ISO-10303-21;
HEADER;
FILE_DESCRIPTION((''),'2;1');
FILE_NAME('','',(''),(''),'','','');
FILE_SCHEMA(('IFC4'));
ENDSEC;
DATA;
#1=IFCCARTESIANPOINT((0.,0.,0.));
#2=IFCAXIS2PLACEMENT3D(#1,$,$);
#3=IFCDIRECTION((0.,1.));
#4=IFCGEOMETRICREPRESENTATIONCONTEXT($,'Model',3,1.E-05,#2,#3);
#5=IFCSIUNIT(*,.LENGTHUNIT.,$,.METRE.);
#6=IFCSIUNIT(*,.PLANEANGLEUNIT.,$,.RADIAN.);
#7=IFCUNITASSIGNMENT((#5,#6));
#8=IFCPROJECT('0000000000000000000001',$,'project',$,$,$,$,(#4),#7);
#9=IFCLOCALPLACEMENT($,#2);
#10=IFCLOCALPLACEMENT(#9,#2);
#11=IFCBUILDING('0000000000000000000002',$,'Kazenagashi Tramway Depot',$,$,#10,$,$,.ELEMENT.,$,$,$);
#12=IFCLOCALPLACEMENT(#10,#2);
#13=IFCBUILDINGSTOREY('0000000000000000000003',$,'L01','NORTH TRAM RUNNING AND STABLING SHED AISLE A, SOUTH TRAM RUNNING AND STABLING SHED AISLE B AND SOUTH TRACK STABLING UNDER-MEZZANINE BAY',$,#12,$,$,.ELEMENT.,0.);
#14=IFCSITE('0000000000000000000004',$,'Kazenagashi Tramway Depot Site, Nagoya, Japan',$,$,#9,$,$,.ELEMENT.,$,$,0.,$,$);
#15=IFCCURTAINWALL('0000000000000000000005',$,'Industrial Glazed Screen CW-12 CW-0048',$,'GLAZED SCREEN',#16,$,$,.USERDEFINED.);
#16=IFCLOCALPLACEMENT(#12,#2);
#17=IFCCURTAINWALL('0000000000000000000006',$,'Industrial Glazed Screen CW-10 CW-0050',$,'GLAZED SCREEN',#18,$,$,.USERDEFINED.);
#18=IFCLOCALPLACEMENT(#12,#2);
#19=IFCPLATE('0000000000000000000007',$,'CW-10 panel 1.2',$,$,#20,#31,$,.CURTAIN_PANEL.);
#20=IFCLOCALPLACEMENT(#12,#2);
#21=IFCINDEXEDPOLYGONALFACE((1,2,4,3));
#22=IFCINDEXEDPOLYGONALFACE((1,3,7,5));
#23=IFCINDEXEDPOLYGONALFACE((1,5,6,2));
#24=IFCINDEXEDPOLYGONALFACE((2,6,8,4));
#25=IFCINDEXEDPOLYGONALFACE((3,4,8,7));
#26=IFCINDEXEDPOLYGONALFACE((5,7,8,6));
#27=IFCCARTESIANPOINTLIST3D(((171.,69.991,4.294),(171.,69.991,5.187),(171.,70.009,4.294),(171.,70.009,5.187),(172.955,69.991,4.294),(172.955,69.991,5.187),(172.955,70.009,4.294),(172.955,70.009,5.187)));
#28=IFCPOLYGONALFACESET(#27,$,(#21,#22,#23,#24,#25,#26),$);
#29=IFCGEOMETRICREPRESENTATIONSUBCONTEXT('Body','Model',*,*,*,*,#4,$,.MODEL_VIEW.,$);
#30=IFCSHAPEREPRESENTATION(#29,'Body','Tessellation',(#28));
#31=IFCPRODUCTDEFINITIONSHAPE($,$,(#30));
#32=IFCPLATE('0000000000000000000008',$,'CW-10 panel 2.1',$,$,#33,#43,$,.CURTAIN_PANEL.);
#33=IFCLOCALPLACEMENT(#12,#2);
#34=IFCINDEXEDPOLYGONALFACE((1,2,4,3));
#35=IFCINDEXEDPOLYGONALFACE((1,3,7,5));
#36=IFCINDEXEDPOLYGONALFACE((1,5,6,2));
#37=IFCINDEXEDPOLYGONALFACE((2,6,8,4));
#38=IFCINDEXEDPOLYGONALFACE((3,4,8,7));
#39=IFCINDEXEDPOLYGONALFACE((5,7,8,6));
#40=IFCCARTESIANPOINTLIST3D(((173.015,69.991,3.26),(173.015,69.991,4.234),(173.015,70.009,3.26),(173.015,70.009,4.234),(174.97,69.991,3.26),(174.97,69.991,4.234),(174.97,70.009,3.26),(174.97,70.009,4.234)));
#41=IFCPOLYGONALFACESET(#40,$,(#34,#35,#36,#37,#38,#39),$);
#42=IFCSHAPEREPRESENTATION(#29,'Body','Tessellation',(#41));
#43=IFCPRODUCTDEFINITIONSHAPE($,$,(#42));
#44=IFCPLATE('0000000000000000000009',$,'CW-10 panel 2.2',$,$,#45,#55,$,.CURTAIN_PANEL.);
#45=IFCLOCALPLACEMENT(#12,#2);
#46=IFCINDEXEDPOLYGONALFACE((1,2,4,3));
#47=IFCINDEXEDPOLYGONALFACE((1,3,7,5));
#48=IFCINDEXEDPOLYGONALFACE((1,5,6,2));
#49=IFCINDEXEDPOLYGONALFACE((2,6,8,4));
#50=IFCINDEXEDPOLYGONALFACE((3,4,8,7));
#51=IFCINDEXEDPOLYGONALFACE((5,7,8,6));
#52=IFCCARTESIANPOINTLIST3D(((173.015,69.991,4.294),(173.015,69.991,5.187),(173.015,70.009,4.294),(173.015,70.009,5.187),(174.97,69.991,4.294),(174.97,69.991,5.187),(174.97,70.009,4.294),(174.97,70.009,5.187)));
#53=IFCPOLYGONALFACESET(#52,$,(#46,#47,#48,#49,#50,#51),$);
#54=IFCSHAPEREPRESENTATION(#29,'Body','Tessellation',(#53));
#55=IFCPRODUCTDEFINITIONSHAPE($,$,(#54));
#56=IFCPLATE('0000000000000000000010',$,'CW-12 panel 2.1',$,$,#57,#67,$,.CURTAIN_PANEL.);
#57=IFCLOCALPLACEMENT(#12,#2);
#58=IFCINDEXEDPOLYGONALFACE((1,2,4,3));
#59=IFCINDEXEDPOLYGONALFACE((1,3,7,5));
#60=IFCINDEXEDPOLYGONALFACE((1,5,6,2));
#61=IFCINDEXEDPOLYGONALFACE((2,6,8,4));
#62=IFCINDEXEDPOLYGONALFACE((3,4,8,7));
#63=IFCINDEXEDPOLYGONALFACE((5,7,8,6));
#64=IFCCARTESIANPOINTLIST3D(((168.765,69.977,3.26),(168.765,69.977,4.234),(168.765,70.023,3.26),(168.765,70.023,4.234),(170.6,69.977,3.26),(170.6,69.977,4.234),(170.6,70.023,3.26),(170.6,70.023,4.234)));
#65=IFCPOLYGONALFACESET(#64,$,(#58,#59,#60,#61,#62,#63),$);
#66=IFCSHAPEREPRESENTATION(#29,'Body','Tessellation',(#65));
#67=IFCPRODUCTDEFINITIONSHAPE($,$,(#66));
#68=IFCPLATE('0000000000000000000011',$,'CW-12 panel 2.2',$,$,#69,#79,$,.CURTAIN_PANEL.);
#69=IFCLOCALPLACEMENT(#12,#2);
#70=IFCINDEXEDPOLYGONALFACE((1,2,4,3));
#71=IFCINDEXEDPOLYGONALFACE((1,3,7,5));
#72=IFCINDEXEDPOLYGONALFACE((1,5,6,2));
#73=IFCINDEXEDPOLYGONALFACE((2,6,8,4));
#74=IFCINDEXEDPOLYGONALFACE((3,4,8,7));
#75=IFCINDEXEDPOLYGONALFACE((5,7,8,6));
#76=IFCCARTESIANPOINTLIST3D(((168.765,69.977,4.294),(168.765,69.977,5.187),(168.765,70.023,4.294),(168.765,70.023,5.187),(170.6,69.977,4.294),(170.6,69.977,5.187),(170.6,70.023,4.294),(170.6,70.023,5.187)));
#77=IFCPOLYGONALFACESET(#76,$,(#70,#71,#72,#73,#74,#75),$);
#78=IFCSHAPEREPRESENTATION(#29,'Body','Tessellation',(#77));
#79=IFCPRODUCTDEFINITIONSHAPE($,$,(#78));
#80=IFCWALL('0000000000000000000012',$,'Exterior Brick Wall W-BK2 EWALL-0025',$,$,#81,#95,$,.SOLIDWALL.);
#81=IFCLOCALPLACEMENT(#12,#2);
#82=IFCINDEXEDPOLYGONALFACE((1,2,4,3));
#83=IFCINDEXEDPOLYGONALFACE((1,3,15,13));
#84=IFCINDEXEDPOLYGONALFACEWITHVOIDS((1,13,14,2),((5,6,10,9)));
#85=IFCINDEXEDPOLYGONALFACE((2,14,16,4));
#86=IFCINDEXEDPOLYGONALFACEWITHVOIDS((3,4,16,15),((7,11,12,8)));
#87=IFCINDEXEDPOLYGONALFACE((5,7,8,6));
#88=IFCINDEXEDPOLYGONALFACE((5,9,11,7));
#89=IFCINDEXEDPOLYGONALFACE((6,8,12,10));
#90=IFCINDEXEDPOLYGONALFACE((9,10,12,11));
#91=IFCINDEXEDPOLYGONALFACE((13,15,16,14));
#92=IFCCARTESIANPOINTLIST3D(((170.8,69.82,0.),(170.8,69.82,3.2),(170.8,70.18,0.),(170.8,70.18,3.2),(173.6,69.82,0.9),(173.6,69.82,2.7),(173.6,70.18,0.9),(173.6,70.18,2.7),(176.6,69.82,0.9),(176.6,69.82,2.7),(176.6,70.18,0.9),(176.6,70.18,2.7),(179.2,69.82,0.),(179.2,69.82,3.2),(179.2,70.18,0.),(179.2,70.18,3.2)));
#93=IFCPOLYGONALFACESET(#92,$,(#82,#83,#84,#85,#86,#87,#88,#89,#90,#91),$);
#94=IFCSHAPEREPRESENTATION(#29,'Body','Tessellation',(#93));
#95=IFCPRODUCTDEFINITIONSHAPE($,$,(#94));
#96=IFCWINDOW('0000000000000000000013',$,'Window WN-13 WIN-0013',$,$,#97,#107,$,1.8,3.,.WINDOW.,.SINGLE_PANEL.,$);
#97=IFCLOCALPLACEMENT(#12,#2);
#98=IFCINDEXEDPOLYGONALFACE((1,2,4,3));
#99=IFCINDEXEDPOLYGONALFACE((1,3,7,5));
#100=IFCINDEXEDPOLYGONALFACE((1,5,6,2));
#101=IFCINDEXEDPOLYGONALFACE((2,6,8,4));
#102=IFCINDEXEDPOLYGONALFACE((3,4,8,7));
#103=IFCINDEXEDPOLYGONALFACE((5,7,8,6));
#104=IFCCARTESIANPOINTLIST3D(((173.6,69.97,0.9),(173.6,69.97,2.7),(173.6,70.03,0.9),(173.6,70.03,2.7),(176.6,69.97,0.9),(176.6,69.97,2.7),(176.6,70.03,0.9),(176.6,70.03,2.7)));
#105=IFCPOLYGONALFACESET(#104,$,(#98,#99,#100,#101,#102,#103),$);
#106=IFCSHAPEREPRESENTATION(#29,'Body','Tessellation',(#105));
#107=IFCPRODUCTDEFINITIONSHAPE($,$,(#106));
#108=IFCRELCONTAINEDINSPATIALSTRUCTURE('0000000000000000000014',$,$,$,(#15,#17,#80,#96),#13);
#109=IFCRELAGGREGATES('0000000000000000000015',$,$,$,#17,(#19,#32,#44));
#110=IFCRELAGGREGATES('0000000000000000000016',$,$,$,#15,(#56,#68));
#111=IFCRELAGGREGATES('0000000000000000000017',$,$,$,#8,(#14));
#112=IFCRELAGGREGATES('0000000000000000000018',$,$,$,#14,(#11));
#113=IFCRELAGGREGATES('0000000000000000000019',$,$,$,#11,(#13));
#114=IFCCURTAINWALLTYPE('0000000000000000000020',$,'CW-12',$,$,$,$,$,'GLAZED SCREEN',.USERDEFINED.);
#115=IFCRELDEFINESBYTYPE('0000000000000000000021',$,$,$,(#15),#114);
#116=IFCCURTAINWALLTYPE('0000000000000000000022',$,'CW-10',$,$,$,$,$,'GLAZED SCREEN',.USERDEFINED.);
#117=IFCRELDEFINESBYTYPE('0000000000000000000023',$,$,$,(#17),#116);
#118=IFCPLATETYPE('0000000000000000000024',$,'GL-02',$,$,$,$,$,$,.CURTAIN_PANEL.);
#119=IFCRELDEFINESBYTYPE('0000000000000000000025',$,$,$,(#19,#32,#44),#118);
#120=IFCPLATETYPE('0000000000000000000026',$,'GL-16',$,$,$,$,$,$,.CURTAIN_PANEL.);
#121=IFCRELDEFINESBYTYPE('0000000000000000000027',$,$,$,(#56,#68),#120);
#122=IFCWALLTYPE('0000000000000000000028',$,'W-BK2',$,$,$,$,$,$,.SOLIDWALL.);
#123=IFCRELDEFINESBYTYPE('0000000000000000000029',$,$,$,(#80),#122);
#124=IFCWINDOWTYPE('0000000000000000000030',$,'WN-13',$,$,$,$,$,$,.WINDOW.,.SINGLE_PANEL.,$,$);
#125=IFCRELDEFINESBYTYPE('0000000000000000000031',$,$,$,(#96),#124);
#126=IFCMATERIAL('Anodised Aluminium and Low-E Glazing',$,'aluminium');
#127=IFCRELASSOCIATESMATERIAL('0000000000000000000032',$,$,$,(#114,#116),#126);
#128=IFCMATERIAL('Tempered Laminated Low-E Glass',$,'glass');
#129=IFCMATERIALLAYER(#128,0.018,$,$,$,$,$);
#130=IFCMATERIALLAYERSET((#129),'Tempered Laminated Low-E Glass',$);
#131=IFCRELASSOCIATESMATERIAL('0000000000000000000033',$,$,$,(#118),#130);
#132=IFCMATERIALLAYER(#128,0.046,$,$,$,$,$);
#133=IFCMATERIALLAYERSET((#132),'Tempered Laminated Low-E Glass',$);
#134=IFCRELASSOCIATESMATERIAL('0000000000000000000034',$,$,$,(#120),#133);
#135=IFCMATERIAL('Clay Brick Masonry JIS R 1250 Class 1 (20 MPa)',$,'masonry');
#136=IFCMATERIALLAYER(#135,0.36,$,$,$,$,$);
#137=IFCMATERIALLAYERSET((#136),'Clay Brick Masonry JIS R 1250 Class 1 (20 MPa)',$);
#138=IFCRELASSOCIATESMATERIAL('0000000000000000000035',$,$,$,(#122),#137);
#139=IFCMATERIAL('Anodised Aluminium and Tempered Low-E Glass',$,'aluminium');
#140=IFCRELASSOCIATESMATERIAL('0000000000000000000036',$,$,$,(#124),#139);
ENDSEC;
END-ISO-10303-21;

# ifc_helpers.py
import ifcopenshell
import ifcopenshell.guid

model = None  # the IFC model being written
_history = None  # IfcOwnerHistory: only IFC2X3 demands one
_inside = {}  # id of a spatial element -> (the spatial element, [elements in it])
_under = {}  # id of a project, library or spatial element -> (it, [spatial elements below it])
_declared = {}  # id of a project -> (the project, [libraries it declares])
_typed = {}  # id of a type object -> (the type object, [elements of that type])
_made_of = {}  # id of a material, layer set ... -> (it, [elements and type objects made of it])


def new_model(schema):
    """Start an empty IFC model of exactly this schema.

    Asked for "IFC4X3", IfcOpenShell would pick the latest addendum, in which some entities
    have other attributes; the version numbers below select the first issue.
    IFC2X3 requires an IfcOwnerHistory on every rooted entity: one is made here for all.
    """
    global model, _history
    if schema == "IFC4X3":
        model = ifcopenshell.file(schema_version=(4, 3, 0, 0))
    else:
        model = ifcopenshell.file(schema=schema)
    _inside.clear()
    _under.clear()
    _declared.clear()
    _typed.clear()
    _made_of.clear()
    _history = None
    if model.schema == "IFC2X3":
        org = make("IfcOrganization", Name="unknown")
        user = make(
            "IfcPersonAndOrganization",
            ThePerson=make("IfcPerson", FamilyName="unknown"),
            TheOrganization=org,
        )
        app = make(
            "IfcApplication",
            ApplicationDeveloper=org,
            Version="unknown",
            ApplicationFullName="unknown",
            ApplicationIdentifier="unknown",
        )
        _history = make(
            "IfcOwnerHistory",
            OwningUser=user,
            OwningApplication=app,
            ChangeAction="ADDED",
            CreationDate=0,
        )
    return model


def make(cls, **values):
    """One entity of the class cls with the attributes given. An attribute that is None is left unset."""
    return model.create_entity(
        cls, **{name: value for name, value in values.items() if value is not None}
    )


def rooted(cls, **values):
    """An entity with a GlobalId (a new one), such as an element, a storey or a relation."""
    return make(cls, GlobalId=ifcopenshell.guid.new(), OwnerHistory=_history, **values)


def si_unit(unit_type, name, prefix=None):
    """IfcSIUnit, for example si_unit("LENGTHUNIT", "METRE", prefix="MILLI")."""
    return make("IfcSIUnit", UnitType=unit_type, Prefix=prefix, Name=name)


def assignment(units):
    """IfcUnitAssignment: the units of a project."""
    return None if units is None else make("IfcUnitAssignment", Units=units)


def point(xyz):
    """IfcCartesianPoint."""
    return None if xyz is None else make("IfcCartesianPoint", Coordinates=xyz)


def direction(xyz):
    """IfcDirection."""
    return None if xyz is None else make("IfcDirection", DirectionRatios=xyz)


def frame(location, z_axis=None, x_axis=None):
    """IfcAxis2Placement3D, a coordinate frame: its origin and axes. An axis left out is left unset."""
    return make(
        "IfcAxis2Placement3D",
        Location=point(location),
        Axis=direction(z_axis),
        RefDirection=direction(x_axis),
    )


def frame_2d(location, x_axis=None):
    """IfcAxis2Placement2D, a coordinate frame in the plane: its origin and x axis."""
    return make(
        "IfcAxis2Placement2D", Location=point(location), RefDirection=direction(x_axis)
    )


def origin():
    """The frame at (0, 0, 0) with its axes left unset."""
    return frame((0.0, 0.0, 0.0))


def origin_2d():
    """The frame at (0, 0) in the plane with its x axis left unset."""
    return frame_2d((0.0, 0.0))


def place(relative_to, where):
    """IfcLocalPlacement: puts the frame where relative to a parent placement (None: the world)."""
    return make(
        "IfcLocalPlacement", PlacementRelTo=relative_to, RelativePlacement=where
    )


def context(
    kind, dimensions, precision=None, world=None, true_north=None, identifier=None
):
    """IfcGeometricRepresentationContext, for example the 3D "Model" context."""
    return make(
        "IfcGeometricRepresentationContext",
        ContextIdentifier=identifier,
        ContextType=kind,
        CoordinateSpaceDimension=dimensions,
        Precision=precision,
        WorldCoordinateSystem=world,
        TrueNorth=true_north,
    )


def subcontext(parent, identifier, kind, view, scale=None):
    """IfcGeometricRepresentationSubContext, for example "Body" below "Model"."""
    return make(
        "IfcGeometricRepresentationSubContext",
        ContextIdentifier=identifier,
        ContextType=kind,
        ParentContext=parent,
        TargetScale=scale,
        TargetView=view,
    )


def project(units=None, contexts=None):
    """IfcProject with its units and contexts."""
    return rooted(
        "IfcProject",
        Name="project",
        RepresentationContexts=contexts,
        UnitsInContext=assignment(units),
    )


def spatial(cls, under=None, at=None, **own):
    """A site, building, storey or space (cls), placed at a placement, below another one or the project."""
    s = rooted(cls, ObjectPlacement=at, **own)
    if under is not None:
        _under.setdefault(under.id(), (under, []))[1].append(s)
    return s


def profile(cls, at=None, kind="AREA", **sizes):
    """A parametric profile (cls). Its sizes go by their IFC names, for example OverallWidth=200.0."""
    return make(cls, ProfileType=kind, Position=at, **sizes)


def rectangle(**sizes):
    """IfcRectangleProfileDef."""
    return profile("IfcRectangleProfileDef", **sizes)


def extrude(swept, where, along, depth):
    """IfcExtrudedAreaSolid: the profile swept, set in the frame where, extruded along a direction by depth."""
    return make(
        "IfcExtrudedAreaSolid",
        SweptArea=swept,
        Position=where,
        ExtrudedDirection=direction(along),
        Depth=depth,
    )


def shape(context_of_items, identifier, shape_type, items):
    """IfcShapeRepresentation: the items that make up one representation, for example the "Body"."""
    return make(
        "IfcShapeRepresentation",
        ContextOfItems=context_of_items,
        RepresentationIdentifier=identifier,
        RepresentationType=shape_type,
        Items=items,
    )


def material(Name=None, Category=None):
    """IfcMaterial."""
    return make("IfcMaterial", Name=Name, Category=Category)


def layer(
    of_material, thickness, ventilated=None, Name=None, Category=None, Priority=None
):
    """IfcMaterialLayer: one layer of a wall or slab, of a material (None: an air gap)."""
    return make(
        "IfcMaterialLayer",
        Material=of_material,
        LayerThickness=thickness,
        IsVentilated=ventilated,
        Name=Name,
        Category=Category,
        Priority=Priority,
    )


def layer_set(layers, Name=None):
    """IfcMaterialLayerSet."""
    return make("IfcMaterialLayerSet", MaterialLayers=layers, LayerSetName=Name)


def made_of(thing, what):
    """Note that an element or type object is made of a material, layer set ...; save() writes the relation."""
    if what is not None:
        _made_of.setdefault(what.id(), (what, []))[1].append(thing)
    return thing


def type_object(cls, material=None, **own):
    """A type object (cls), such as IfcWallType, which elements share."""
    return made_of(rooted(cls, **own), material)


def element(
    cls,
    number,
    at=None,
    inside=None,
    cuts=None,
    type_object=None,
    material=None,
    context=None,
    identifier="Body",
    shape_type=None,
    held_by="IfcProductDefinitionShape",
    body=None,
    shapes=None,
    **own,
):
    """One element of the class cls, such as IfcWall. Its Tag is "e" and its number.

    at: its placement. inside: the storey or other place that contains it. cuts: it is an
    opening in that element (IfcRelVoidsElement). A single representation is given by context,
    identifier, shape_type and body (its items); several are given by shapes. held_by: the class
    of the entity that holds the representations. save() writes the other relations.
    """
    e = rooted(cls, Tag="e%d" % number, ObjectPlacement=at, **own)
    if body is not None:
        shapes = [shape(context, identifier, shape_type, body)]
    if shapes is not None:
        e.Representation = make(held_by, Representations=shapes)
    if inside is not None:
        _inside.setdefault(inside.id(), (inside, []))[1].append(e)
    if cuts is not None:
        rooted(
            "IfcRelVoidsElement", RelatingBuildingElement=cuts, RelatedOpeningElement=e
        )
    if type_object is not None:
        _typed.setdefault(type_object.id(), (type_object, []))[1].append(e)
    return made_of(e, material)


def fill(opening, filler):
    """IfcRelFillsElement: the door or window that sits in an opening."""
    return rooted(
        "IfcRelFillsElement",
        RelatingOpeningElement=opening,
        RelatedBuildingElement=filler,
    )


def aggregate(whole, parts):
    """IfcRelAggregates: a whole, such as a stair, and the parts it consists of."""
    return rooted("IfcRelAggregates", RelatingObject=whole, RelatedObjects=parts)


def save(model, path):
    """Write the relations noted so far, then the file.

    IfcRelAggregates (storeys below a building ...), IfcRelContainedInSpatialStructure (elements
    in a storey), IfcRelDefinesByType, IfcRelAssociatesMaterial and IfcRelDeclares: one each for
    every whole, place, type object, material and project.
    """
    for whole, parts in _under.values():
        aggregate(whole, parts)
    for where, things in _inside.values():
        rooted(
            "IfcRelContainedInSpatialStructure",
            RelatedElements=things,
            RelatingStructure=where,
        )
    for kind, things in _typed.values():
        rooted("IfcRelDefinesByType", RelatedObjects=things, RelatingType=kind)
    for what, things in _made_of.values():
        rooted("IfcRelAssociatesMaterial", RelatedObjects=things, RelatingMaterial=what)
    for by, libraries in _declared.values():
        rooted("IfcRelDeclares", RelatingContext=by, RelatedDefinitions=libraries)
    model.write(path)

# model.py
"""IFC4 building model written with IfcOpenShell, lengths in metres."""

from ifc_helpers import new_model, si_unit, direction, frame, frame_2d, origin, origin_2d, place, context, subcontext, project, spatial, rectangle, extrude, material, layer, layer_set, type_object, element, fill, aggregate, save


model = new_model("IFC4")

# Units and contexts
model_context = context("Model", 3, precision=1e-05, world=origin(), true_north=direction((0.0, 1.0)))
body_context = subcontext(model_context, "Body", "Model", "MODEL_VIEW")
ifc_project = project(units=[si_unit("LENGTHUNIT", "METRE"), si_unit("PLANEANGLEUNIT", "RADIAN")], contexts=[model_context])

# Site, building, storey
site_placement = place(None, origin())
site = spatial("IfcSite", under=ifc_project, at=site_placement, Name="Kazenagashi Tramway Depot Site, Nagoya, Japan", CompositionType="ELEMENT", RefElevation=0.0)
building_placement = place(site_placement, origin())
building = spatial("IfcBuilding", under=site, at=building_placement, Name="Kazenagashi Tramway Depot", CompositionType="ELEMENT")
storey_placement = place(building_placement, origin())
storey = spatial("IfcBuildingStorey", under=building, at=storey_placement, Name="L01", Description="NORTH TRAM RUNNING AND STABLING SHED AISLE A, SOUTH TRAM RUNNING AND STABLING SHED AISLE B AND SOUTH TRACK STABLING UNDER-MEZZANINE BAY", CompositionType="ELEMENT", Elevation=0.0)

# Curtain wall
ifc_material_1 = material(Name="Anodised Aluminium and Low-E Glazing", Category="aluminium")
curtain_wall_type_1 = type_object("IfcCurtainWallType", Name="CW-12", ElementType="GLAZED SCREEN", PredefinedType="USERDEFINED", material=ifc_material_1)
curtain_wall_1_placement = place(storey_placement, origin())
curtain_wall_1 = element("IfcCurtainWall", 1, at=curtain_wall_1_placement, inside=storey, type_object=curtain_wall_type_1, Name="Industrial Glazed Screen CW-12 CW-0048", ObjectType="GLAZED SCREEN", PredefinedType="USERDEFINED")

# Curtain wall
curtain_wall_type_2 = type_object("IfcCurtainWallType", Name="CW-10", ElementType="GLAZED SCREEN", PredefinedType="USERDEFINED", material=ifc_material_1)
curtain_wall_2_placement = place(storey_placement, origin())
curtain_wall_2 = element("IfcCurtainWall", 2, at=curtain_wall_2_placement, inside=storey, type_object=curtain_wall_type_2, Name="Industrial Glazed Screen CW-10 CW-0050", ObjectType="GLAZED SCREEN", PredefinedType="USERDEFINED")

# Plates
ifc_material_2 = material(Name="Tempered Laminated Low-E Glass", Category="glass")
ifc_layer_1 = layer(ifc_material_2, 0.018)
ifc_layer_set_1 = layer_set([ifc_layer_1], Name="Tempered Laminated Low-E Glass")
plate_type_1 = type_object("IfcPlateType", Name="GL-02", PredefinedType="CURTAIN_PANEL", material=ifc_layer_set_1)
plate_1_placement = place(storey_placement, frame((171.9775, 70.0, 4.294), z_axis=(0.0, 0.0, 1.0), x_axis=(1.0, 0.0, 0.0)))
plate_1 = element("IfcPlate", 3, at=plate_1_placement, type_object=plate_type_1, Name="CW-10 panel 1.2", PredefinedType="CURTAIN_PANEL", context=body_context, shape_type="SweptSolid", body=[
    extrude(rectangle(XDim=1.955, YDim=0.018, at=origin_2d()), origin(), (0.0, 0.0, 1.0), 0.893),
])
plate_2_placement = place(storey_placement, frame((173.9925, 70.0, 3.26), z_axis=(0.0, 0.0, 1.0), x_axis=(1.0, 0.0, 0.0)))
plate_2 = element("IfcPlate", 4, at=plate_2_placement, type_object=plate_type_1, Name="CW-10 panel 2.1", PredefinedType="CURTAIN_PANEL", context=body_context, shape_type="SweptSolid", body=[
    extrude(rectangle(XDim=1.955, YDim=0.018, at=origin_2d()), origin(), (0.0, 0.0, 1.0), 0.974),
])
plate_3_placement = place(storey_placement, frame((173.9925, 70.0, 4.294), z_axis=(0.0, 0.0, 1.0), x_axis=(1.0, 0.0, 0.0)))
plate_3 = element("IfcPlate", 5, at=plate_3_placement, type_object=plate_type_1, Name="CW-10 panel 2.2", PredefinedType="CURTAIN_PANEL", context=body_context, shape_type="SweptSolid", body=[
    extrude(rectangle(XDim=1.955, YDim=0.018, at=origin_2d()), origin(), (0.0, 0.0, 1.0), 0.893),
])
aggregate(curtain_wall_2, [plate_1, plate_2, plate_3])
ifc_layer_2 = layer(ifc_material_2, 0.046)
ifc_layer_set_2 = layer_set([ifc_layer_2], Name="Tempered Laminated Low-E Glass")
plate_type_2 = type_object("IfcPlateType", Name="GL-16", PredefinedType="CURTAIN_PANEL", material=ifc_layer_set_2)
plate_4_placement = place(storey_placement, frame((169.6825, 70.0, 3.26), z_axis=(0.0, 0.0, 1.0), x_axis=(1.0, 0.0, 0.0)))
plate_4 = element("IfcPlate", 6, at=plate_4_placement, type_object=plate_type_2, Name="CW-12 panel 2.1", PredefinedType="CURTAIN_PANEL", context=body_context, shape_type="SweptSolid", body=[
    extrude(rectangle(XDim=1.835, YDim=0.046, at=origin_2d()), origin(), (0.0, 0.0, 1.0), 0.974),
])
plate_5_placement = place(storey_placement, frame((169.6825, 70.0, 4.294), z_axis=(0.0, 0.0, 1.0), x_axis=(1.0, 0.0, 0.0)))
plate_5 = element("IfcPlate", 7, at=plate_5_placement, type_object=plate_type_2, Name="CW-12 panel 2.2", PredefinedType="CURTAIN_PANEL", context=body_context, shape_type="SweptSolid", body=[
    extrude(rectangle(XDim=1.835, YDim=0.046, at=origin_2d()), origin(), (0.0, 0.0, 1.0), 0.893),
])
aggregate(curtain_wall_1, [plate_4, plate_5])

# Wall, opening, window
ifc_material_3 = material(Name="Clay Brick Masonry JIS R 1250 Class 1 (20 MPa)", Category="masonry")
ifc_layer_3 = layer(ifc_material_3, 0.36)
ifc_layer_set_3 = layer_set([ifc_layer_3], Name="Clay Brick Masonry JIS R 1250 Class 1 (20 MPa)")
wall_type = type_object("IfcWallType", Name="W-BK2", PredefinedType="SOLIDWALL", material=ifc_layer_set_3)
wall_placement = place(storey_placement, frame((170.8, 70.0, 0.0), z_axis=(0.0, 0.0, 1.0), x_axis=(1.0, 0.0, 0.0)))
wall = element("IfcWall", 8, at=wall_placement, inside=storey, type_object=wall_type, Name="Exterior Brick Wall W-BK2 EWALL-0025", PredefinedType="SOLIDWALL", context=body_context, shape_type="SweptSolid", body=[
    extrude(rectangle(XDim=8.4, YDim=0.36, at=frame_2d((4.2, 0.0))), origin(), (0.0, 0.0, 1.0), 3.2),
])
opening_placement = place(wall_placement, frame((2.8, 0.0, 0.9)))
opening = element("IfcOpeningElement", 9, at=opening_placement, cuts=wall, PredefinedType="OPENING", context=body_context, shape_type="SweptSolid", body=[
    extrude(rectangle(XDim=3.0, YDim=1.8, at=frame_2d((1.5, 0.9))), frame((0.0, 0.19, 0.0), z_axis=(0.0, -1.0, 0.0), x_axis=(1.0, 0.0, 0.0)), (0.0, 0.0, 1.0), 0.38),
])
ifc_material_4 = material(Name="Anodised Aluminium and Tempered Low-E Glass", Category="aluminium")
window_type = type_object("IfcWindowType", Name="WN-13", PartitioningType="SINGLE_PANEL", PredefinedType="WINDOW", material=ifc_material_4)
window_placement = place(opening_placement, origin())
window = element("IfcWindow", 10, at=window_placement, inside=storey, type_object=window_type, Name="Window WN-13 WIN-0013", OverallHeight=1.8, OverallWidth=3.0, PartitioningType="SINGLE_PANEL", PredefinedType="WINDOW", context=body_context, shape_type="SweptSolid", body=[
    extrude(rectangle(XDim=3.0, YDim=1.8, at=frame_2d((1.5, 0.9))), frame((0.0, 0.03, 0.0), z_axis=(0.0, -1.0, 0.0), x_axis=(1.0, 0.0, 0.0)), (0.0, 0.0, 1.0), 0.06),
])
fill(opening, window)

save(model, "model.ifc")
